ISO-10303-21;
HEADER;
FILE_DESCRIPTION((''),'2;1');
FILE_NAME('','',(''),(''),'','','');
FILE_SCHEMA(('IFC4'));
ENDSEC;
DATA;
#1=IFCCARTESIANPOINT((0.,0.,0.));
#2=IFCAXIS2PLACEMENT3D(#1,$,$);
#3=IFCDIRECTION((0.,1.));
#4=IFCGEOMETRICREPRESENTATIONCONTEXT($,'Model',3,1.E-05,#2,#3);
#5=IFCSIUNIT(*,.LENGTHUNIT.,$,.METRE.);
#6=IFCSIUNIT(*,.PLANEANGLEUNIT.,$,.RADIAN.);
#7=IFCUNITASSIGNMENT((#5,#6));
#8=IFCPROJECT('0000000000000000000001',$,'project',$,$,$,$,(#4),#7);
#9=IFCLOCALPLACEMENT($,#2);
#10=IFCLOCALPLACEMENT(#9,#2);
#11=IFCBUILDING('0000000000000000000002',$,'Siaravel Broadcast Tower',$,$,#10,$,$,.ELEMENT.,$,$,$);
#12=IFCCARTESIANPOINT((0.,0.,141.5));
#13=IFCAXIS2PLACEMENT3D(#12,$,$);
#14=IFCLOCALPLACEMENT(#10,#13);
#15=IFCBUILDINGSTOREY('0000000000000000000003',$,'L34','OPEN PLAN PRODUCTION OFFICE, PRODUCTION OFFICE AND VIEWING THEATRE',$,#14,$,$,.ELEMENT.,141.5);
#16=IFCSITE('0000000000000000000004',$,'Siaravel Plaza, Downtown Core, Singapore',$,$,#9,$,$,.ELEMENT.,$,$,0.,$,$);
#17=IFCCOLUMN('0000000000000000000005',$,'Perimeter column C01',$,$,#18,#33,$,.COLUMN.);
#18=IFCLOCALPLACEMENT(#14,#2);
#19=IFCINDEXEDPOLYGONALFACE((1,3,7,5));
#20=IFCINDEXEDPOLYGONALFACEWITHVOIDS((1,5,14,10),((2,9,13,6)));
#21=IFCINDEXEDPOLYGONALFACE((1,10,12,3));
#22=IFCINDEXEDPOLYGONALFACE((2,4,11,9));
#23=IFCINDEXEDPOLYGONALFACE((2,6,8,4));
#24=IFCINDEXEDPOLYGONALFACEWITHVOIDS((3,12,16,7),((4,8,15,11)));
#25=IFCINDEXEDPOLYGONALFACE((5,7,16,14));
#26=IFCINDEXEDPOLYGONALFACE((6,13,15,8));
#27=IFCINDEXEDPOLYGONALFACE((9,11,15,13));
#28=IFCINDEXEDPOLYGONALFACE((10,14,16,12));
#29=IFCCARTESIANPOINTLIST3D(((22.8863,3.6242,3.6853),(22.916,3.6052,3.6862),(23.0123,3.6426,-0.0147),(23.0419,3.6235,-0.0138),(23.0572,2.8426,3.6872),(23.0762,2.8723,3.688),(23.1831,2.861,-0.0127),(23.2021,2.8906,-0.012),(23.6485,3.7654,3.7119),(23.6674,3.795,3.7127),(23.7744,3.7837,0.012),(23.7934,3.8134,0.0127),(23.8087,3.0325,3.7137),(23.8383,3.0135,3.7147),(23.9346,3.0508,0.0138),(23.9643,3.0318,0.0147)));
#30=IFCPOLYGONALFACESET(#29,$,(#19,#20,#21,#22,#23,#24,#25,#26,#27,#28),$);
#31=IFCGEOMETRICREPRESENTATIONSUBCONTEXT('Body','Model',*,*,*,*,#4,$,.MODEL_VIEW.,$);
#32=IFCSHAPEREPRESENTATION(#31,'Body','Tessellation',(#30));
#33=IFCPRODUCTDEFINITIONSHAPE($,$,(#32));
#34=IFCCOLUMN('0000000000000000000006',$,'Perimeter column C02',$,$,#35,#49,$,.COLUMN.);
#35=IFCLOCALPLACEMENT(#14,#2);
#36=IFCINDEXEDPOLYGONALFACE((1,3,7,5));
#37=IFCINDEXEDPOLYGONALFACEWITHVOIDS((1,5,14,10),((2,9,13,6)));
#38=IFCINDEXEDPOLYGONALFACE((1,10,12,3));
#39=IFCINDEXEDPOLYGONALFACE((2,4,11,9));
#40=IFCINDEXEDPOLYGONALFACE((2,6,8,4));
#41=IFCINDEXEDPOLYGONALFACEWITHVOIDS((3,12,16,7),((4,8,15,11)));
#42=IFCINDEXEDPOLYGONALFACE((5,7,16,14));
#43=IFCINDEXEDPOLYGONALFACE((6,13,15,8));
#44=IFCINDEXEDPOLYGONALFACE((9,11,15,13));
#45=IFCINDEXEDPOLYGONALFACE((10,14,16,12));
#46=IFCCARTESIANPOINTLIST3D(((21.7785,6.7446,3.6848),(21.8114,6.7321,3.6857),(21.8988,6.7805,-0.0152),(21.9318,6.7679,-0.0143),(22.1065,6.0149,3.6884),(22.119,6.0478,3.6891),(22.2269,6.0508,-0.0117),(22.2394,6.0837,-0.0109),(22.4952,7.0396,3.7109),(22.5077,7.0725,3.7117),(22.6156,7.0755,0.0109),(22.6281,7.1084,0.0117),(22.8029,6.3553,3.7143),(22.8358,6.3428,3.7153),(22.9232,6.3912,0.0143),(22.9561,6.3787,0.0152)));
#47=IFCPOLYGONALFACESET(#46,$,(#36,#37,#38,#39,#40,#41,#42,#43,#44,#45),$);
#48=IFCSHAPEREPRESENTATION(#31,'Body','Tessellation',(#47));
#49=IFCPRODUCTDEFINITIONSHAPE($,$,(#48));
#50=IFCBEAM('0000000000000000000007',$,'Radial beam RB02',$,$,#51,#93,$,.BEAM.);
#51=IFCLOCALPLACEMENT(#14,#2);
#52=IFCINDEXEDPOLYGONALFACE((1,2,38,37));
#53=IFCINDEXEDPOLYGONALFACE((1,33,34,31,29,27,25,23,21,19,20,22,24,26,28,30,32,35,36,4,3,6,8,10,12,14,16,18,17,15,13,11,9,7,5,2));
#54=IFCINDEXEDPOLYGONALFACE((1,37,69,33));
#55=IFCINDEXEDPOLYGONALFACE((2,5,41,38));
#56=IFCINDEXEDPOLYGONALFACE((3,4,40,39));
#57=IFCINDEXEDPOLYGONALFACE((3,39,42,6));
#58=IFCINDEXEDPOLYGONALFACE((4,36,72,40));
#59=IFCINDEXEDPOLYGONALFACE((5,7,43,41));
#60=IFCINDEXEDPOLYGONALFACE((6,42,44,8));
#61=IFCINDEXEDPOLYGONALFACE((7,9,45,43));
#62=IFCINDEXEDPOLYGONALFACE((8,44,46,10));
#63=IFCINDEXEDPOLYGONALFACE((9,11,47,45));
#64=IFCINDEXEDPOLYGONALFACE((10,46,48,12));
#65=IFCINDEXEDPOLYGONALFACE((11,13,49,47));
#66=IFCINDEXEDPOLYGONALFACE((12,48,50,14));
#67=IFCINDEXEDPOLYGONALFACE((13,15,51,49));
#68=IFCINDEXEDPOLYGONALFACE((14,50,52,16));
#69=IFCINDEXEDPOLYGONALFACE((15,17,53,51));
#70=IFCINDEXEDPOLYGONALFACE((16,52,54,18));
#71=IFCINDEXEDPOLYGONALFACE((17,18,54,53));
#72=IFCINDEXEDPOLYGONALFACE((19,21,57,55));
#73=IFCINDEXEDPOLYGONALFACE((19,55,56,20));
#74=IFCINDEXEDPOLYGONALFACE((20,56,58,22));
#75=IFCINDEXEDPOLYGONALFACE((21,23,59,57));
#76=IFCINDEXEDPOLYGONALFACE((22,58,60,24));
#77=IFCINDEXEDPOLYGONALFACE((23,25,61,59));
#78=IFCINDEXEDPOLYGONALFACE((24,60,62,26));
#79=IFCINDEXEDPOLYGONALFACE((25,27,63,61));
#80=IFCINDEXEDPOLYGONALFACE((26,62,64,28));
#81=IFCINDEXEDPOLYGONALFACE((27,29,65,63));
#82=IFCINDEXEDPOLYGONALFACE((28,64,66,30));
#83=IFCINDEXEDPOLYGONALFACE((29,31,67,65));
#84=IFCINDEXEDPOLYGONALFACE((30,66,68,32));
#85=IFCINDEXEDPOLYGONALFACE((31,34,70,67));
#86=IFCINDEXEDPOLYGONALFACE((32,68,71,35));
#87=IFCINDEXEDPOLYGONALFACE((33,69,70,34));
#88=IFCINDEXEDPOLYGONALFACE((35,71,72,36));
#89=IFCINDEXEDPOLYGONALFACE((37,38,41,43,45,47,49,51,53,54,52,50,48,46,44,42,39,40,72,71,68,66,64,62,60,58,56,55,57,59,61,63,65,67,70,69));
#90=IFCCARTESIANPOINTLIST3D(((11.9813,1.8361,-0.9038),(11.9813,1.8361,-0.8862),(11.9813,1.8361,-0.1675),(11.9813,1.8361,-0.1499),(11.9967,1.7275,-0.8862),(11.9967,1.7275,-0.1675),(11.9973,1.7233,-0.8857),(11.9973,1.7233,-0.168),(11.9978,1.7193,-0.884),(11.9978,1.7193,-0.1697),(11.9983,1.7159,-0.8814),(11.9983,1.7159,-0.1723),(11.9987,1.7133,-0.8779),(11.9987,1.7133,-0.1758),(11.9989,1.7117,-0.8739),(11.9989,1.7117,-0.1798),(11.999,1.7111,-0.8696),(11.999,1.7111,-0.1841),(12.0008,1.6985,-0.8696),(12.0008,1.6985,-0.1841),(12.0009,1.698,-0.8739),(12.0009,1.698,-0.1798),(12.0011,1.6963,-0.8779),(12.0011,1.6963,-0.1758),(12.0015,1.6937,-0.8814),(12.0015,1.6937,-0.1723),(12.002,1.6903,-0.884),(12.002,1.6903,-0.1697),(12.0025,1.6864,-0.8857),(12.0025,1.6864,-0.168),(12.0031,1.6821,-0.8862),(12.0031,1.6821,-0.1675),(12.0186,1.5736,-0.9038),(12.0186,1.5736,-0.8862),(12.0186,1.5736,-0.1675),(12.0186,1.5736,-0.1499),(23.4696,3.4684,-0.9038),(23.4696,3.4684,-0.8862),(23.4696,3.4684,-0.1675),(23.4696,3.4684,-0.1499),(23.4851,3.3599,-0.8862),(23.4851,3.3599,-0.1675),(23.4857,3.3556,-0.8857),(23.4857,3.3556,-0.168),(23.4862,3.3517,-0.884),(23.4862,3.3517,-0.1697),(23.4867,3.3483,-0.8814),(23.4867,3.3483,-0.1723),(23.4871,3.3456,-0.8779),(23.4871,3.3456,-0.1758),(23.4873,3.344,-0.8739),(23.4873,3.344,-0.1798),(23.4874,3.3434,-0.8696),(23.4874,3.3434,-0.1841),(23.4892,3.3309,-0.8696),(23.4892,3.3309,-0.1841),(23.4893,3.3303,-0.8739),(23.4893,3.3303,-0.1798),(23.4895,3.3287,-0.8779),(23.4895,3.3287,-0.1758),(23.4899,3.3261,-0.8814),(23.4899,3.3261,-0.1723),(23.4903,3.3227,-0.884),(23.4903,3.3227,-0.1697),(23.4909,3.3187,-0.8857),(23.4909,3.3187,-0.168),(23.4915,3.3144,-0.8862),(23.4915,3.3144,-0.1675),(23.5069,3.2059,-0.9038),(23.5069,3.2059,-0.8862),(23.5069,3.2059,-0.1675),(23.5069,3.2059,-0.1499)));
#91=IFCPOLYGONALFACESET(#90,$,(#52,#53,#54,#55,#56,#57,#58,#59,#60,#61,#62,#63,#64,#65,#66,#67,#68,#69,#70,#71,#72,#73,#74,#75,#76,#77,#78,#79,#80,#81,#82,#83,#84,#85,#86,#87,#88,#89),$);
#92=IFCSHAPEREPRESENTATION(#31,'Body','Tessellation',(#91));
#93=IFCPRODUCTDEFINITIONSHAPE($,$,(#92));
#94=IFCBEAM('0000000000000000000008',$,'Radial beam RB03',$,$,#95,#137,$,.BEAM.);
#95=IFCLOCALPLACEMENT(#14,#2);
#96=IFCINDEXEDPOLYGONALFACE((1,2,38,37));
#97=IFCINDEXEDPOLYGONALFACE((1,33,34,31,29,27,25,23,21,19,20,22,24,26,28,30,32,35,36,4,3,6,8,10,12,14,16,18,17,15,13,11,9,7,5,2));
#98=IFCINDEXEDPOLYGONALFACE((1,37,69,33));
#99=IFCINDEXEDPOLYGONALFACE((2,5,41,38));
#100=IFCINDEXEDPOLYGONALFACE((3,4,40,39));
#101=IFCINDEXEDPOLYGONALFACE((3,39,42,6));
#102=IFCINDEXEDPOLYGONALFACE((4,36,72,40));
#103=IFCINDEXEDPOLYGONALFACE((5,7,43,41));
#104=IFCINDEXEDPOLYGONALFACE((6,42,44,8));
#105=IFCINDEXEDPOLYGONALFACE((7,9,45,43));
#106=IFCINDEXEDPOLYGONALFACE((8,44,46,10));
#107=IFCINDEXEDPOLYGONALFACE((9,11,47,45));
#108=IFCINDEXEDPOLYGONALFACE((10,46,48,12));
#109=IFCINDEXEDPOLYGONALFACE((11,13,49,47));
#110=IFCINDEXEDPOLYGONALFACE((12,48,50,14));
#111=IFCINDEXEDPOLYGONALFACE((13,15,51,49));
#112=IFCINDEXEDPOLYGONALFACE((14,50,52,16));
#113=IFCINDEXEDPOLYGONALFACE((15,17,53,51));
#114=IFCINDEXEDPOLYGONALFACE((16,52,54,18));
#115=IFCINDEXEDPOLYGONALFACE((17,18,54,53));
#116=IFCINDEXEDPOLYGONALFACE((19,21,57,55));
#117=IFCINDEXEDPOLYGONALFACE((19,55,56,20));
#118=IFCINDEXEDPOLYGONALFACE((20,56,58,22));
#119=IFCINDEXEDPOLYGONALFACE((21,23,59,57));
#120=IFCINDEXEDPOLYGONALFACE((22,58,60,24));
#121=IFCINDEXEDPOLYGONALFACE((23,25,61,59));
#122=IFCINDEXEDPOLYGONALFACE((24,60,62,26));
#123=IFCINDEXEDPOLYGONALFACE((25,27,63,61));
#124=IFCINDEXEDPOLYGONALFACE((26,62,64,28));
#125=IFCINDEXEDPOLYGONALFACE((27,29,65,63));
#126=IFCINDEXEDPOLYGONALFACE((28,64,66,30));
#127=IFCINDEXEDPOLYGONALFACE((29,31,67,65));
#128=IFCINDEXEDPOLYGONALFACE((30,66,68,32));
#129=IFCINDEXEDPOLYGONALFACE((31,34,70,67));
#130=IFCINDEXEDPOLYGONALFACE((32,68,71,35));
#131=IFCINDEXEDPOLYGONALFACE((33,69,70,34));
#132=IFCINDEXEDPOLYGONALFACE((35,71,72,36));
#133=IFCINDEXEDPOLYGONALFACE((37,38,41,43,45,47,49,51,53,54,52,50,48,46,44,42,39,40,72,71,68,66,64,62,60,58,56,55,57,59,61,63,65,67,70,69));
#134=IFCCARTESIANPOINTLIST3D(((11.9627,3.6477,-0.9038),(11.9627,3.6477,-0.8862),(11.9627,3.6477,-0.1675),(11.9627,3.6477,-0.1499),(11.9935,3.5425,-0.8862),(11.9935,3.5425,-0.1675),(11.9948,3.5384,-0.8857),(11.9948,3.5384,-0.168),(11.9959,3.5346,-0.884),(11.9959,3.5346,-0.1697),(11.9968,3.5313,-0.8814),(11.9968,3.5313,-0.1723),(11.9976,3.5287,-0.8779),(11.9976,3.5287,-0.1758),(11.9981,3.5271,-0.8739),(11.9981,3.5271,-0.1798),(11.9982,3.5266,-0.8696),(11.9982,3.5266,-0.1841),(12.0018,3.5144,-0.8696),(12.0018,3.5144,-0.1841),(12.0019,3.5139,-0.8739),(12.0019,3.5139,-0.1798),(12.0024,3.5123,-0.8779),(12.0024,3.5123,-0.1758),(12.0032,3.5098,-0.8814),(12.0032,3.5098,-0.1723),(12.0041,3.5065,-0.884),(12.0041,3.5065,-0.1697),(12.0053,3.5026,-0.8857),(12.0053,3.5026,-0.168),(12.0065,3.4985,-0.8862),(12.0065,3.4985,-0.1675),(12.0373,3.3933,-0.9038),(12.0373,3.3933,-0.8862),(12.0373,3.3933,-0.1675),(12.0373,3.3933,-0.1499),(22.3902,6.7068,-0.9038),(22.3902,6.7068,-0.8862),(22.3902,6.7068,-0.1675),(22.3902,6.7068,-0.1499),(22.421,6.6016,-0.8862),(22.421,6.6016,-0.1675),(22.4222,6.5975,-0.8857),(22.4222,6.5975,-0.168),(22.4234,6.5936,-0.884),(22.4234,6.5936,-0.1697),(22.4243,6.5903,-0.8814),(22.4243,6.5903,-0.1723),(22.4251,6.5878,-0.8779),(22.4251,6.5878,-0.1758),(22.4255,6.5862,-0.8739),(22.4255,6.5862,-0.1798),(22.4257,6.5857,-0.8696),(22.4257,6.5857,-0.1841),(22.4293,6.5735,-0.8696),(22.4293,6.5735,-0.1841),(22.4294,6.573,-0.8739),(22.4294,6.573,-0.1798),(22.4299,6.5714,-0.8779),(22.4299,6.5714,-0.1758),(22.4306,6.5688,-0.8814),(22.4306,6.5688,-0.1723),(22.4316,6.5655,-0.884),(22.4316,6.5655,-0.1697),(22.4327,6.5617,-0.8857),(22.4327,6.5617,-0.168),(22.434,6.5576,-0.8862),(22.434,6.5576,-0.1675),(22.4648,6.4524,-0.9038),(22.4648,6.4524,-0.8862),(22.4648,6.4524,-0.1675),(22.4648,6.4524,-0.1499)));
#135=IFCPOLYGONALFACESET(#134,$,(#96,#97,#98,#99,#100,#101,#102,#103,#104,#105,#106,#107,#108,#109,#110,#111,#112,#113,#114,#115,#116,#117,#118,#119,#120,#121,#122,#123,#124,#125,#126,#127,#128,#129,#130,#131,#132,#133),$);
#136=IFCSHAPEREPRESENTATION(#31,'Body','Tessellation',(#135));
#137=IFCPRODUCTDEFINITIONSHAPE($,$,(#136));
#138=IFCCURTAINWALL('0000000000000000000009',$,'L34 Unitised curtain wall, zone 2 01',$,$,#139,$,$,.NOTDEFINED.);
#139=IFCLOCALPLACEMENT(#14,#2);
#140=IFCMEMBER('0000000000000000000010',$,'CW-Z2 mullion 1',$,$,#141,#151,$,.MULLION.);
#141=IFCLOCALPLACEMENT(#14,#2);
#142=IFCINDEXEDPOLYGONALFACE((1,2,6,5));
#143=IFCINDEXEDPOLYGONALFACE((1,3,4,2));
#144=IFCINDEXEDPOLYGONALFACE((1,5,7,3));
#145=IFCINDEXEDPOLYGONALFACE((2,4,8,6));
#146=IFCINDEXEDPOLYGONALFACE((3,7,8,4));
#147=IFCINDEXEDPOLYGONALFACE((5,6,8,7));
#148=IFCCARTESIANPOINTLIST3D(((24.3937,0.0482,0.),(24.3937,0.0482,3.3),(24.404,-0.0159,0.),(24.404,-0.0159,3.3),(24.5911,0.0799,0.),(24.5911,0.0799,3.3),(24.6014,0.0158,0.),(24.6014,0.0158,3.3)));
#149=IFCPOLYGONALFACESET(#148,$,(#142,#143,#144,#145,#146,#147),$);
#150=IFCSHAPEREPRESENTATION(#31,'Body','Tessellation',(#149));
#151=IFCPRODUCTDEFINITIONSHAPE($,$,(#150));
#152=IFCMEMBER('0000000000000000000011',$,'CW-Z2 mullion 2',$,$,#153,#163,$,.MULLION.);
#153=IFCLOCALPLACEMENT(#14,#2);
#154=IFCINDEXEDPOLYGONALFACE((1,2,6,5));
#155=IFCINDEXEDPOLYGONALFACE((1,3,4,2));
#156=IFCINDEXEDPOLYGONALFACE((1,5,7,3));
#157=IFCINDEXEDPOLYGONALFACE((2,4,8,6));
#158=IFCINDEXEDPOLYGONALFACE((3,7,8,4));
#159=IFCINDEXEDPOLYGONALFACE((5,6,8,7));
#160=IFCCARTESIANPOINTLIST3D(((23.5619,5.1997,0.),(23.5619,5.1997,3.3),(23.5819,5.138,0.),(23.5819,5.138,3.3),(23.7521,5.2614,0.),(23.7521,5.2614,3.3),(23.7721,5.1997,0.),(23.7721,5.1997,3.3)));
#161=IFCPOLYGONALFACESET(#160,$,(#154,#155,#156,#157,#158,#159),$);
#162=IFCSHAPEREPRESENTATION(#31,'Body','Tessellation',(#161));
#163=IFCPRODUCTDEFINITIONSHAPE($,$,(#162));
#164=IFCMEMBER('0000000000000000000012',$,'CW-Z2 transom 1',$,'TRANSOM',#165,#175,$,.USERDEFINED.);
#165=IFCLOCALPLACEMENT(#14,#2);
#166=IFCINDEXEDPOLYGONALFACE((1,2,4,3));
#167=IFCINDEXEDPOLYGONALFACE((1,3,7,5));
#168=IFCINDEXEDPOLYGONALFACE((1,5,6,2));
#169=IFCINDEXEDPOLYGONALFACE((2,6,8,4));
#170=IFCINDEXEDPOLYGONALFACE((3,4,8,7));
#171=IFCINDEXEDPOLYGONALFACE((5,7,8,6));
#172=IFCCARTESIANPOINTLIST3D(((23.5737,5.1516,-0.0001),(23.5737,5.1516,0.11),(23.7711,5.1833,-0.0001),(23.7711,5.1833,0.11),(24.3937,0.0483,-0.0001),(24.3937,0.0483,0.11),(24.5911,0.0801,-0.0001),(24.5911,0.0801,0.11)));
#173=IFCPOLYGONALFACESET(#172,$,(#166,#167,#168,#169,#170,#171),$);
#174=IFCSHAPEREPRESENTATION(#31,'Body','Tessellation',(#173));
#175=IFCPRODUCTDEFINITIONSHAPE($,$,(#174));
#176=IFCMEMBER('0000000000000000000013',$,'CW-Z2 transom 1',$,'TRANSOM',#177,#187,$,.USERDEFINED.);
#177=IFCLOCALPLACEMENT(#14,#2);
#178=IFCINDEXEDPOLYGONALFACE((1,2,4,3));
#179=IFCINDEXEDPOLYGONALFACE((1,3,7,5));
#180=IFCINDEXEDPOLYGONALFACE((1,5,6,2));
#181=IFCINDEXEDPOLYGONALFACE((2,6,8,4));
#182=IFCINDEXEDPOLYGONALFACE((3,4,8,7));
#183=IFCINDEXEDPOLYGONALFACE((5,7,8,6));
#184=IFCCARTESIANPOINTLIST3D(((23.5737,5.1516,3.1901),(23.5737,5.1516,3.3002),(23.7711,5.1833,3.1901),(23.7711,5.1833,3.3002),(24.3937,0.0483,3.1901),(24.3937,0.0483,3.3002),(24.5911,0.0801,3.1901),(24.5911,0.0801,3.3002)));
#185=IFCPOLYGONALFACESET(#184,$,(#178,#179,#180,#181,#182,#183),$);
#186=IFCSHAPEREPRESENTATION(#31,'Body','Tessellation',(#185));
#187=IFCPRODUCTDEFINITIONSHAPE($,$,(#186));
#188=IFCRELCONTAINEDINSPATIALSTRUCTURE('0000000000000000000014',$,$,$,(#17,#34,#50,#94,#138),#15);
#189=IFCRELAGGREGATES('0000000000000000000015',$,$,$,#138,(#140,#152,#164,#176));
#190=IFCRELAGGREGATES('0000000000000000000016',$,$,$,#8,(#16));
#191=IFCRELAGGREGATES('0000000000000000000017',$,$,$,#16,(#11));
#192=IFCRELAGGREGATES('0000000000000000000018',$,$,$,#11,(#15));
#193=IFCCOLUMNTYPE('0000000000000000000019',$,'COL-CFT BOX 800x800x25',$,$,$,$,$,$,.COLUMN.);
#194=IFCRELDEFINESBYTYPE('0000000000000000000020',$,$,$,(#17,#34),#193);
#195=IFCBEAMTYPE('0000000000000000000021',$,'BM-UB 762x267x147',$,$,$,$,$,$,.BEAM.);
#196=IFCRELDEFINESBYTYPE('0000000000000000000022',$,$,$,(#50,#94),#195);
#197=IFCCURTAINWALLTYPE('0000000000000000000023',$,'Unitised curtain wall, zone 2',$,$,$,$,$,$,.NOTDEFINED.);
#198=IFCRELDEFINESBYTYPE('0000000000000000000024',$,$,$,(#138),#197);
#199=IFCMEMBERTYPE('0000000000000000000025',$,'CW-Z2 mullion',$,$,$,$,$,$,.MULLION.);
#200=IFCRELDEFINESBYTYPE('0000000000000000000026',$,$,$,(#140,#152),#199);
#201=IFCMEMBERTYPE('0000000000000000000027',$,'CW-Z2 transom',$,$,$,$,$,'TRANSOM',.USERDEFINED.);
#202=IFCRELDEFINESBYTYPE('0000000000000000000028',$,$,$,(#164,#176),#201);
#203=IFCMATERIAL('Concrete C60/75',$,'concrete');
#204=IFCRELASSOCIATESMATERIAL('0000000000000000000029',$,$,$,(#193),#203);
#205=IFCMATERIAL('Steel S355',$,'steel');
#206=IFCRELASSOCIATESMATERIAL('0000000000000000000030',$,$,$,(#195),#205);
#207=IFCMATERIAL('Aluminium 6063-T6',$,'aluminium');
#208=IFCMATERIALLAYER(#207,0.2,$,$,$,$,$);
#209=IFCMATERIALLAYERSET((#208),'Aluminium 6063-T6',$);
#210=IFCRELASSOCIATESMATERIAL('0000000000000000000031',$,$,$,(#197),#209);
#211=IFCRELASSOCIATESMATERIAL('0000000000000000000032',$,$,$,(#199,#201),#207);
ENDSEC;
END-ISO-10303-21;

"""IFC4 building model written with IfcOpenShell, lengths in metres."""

from ifc_helpers import new_model, si_unit, direction, frame, origin, origin_2d, place, context, subcontext, project, spatial, rectangle, hollow_rectangle, i_section, extrude, material, layer, layer_set, material_profile, profile_set, type_object, element, aggregate, save


model = new_model("IFC4")

# Units and contexts
model_context = context("Model", 3, precision=1e-05, world=origin(), true_north=direction((0.0, 1.0)))
body_context = subcontext(model_context, "Body", "Model", "MODEL_VIEW")
ifc_project = project(units=[si_unit("LENGTHUNIT", "METRE"), si_unit("PLANEANGLEUNIT", "RADIAN")], contexts=[model_context])

# Site, building, storey
site_placement = place(None, origin())
site = spatial("IfcSite", under=ifc_project, at=site_placement, Name="Siaravel Plaza, Downtown Core, Singapore", CompositionType="ELEMENT", RefElevation=0.0)
building_placement = place(site_placement, origin())
building = spatial("IfcBuilding", under=site, at=building_placement, Name="Siaravel Broadcast Tower", CompositionType="ELEMENT")
storey_placement = place(building_placement, frame((0.0, 0.0, 141.5)))
storey = spatial("IfcBuildingStorey", under=building, at=storey_placement, Name="L34", Description="OPEN PLAN PRODUCTION OFFICE, PRODUCTION OFFICE AND VIEWING THEATRE", CompositionType="ELEMENT", Elevation=141.5)

# Columns
ifc_material_1 = material(Name="Concrete C60/75", Category="concrete")
ifc_material_profile_1 = material_profile(ifc_material_1, hollow_rectangle(XDim=0.8, YDim=0.8, WallThickness=0.0249, at=origin_2d()))
ifc_profile_set_1 = profile_set([ifc_material_profile_1], Name="Concrete C60/75")
column_type = type_object("IfcColumnType", Name="COL-CFT BOX 800x800x25", PredefinedType="COLUMN", material=ifc_profile_set_1)
for number, where, z_axis, x_axis, name in (
    (1, (23.4883, 3.3372, 0.0), (-0.034028, -0.004946, 0.999409), (0.213534, -0.976933, 0.002436), "Perimeter column C01"),
    (2, (22.4275, 6.5796, 0.0), (-0.032512, -0.009694, 0.999424), (0.410029, -0.912061, 0.004492), "Perimeter column C02"),
):
    element("IfcColumn", number, at=place(storey_placement, frame(where, z_axis=z_axis, x_axis=x_axis)), inside=storey, type_object=column_type, Name=name, PredefinedType="COLUMN", context=body_context, shape_type="SweptSolid", body=[
        extrude(hollow_rectangle(XDim=0.8, YDim=0.8, WallThickness=0.0249, at=origin_2d()), origin(), (0.0, 0.0, 1.0), 3.7021),
    ])

# Beams
ifc_material_2 = material(Name="Steel S355", Category="steel")
ifc_material_profile_2 = material_profile(ifc_material_2, i_section(OverallWidth=0.2651, OverallDepth=0.7539, WebThickness=0.0127, FlangeThickness=0.0176, FilletRadius=0.0166, at=origin_2d()))
ifc_profile_set_2 = profile_set([ifc_material_profile_2], Name="Steel S355")
beam_type = type_object("IfcBeamType", Name="BM-UB 762x267x147", PredefinedType="BEAM", material=ifc_profile_set_2)
beam_1_placement = place(storey_placement, frame((23.4883, 3.3372, -0.5269), z_axis=(-0.990056, -0.140673, 0.0), x_axis=(0.140673, -0.990056, 0.0)))
element("IfcBeam", 3, at=beam_1_placement, inside=storey, type_object=beam_type, Name="Radial beam RB02", PredefinedType="BEAM", context=body_context, shape_type="SweptSolid", body=[
    extrude(i_section(OverallWidth=0.2651, OverallDepth=0.7539, WebThickness=0.0127, FlangeThickness=0.0176, FilletRadius=0.0166, at=origin_2d()), origin(), (0.0, 0.0, 1.0), 11.6038),
])
beam_2_placement = place(storey_placement, frame((22.4275, 6.5796, -0.5269), z_axis=(-0.95956, -0.281503, 0.0), x_axis=(0.281503, -0.95956, 0.0)))
element("IfcBeam", 4, at=beam_2_placement, inside=storey, type_object=beam_type, Name="Radial beam RB03", PredefinedType="BEAM", context=body_context, shape_type="SweptSolid", body=[
    extrude(i_section(OverallWidth=0.2651, OverallDepth=0.7539, WebThickness=0.0127, FlangeThickness=0.0176, FilletRadius=0.0166, at=origin_2d()), origin(), (0.0, 0.0, 1.0), 10.8669),
])

# Curtain wall, members
ifc_material_3 = material(Name="Aluminium 6063-T6", Category="aluminium")
ifc_layer_1 = layer(ifc_material_3, 0.2)
ifc_layer_set_1 = layer_set([ifc_layer_1], Name="Aluminium 6063-T6")
curtain_wall_type = type_object("IfcCurtainWallType", Name="Unitised curtain wall, zone 2", PredefinedType="NOTDEFINED", material=ifc_layer_set_1)
curtain_wall_placement = place(storey_placement, origin())
curtain_wall = element("IfcCurtainWall", 5, at=curtain_wall_placement, inside=storey, type_object=curtain_wall_type, Name="L34 Unitised curtain wall, zone 2 01", PredefinedType="NOTDEFINED")
ifc_material_profile_3 = material_profile(ifc_material_3, rectangle(XDim=0.2, YDim=0.0649, at=origin_2d()))
ifc_profile_set_3 = profile_set([ifc_material_profile_3], Name="Aluminium 6063-T6")
member_type_1 = type_object("IfcMemberType", Name="CW-Z2 mullion", PredefinedType="MULLION", material=ifc_profile_set_3)
member_1_placement = place(storey_placement, frame((24.4976, 0.032, 0.0), z_axis=(0.0, 0.0, 1.0), x_axis=(-0.987329, -0.158685, 0.0)))
member_1 = element("IfcMember", 6, at=member_1_placement, type_object=member_type_1, Name="CW-Z2 mullion 1", PredefinedType="MULLION", context=body_context, shape_type="SweptSolid", body=[
    extrude(rectangle(XDim=0.2, YDim=0.0649, at=origin_2d()), origin(), (0.0, 0.0, 1.0), 3.3),
])
member_2_placement = place(storey_placement, frame((23.667, 5.1997, 0.0), z_axis=(0.0, 0.0, 1.0), x_axis=(-0.951177, -0.308645, 0.0)))
member_2 = element("IfcMember", 7, at=member_2_placement, type_object=member_type_1, Name="CW-Z2 mullion 2", PredefinedType="MULLION", context=body_context, shape_type="SweptSolid", body=[
    extrude(rectangle(XDim=0.2, YDim=0.0649, at=origin_2d()), origin(), (0.0, 0.0, 1.0), 3.3),
])
ifc_material_profile_4 = material_profile(ifc_material_3, rectangle(XDim=0.2, YDim=0.1101, at=origin_2d()))
ifc_profile_set_4 = profile_set([ifc_material_profile_4], Name="Aluminium 6063-T6")
member_type_2 = type_object("IfcMemberType", Name="CW-Z2 transom", ElementType="TRANSOM", PredefinedType="USERDEFINED", material=ifc_profile_set_4)
member_3_placement = place(storey_placement, frame((24.4924, 0.0642, 0.0549), z_axis=(-0.158659, 0.987333, 0.0), x_axis=(-0.987333, -0.158659, 0.0)))
member_3 = element("IfcMember", 8, at=member_3_placement, type_object=member_type_2, Name="CW-Z2 transom 1", ObjectType="TRANSOM", PredefinedType="USERDEFINED", context=body_context, shape_type="SweptSolid", body=[
    extrude(rectangle(XDim=0.2, YDim=0.1101, at=origin_2d()), origin(), (0.0, 0.0, 1.0), 5.1687),
])
member_4_placement = place(storey_placement, frame((24.4924, 0.0642, 3.2451), z_axis=(-0.158659, 0.987333, 0.0), x_axis=(-0.987333, -0.158659, 0.0)))
member_4 = element("IfcMember", 9, at=member_4_placement, type_object=member_type_2, Name="CW-Z2 transom 1", ObjectType="TRANSOM", PredefinedType="USERDEFINED", context=body_context, shape_type="SweptSolid", body=[
    extrude(rectangle(XDim=0.2, YDim=0.1101, at=origin_2d()), origin(), (0.0, 0.0, 1.0), 5.1687),
])

aggregate(curtain_wall, [member_1, member_2, member_3, member_4])

save(model, "model.ifc")
